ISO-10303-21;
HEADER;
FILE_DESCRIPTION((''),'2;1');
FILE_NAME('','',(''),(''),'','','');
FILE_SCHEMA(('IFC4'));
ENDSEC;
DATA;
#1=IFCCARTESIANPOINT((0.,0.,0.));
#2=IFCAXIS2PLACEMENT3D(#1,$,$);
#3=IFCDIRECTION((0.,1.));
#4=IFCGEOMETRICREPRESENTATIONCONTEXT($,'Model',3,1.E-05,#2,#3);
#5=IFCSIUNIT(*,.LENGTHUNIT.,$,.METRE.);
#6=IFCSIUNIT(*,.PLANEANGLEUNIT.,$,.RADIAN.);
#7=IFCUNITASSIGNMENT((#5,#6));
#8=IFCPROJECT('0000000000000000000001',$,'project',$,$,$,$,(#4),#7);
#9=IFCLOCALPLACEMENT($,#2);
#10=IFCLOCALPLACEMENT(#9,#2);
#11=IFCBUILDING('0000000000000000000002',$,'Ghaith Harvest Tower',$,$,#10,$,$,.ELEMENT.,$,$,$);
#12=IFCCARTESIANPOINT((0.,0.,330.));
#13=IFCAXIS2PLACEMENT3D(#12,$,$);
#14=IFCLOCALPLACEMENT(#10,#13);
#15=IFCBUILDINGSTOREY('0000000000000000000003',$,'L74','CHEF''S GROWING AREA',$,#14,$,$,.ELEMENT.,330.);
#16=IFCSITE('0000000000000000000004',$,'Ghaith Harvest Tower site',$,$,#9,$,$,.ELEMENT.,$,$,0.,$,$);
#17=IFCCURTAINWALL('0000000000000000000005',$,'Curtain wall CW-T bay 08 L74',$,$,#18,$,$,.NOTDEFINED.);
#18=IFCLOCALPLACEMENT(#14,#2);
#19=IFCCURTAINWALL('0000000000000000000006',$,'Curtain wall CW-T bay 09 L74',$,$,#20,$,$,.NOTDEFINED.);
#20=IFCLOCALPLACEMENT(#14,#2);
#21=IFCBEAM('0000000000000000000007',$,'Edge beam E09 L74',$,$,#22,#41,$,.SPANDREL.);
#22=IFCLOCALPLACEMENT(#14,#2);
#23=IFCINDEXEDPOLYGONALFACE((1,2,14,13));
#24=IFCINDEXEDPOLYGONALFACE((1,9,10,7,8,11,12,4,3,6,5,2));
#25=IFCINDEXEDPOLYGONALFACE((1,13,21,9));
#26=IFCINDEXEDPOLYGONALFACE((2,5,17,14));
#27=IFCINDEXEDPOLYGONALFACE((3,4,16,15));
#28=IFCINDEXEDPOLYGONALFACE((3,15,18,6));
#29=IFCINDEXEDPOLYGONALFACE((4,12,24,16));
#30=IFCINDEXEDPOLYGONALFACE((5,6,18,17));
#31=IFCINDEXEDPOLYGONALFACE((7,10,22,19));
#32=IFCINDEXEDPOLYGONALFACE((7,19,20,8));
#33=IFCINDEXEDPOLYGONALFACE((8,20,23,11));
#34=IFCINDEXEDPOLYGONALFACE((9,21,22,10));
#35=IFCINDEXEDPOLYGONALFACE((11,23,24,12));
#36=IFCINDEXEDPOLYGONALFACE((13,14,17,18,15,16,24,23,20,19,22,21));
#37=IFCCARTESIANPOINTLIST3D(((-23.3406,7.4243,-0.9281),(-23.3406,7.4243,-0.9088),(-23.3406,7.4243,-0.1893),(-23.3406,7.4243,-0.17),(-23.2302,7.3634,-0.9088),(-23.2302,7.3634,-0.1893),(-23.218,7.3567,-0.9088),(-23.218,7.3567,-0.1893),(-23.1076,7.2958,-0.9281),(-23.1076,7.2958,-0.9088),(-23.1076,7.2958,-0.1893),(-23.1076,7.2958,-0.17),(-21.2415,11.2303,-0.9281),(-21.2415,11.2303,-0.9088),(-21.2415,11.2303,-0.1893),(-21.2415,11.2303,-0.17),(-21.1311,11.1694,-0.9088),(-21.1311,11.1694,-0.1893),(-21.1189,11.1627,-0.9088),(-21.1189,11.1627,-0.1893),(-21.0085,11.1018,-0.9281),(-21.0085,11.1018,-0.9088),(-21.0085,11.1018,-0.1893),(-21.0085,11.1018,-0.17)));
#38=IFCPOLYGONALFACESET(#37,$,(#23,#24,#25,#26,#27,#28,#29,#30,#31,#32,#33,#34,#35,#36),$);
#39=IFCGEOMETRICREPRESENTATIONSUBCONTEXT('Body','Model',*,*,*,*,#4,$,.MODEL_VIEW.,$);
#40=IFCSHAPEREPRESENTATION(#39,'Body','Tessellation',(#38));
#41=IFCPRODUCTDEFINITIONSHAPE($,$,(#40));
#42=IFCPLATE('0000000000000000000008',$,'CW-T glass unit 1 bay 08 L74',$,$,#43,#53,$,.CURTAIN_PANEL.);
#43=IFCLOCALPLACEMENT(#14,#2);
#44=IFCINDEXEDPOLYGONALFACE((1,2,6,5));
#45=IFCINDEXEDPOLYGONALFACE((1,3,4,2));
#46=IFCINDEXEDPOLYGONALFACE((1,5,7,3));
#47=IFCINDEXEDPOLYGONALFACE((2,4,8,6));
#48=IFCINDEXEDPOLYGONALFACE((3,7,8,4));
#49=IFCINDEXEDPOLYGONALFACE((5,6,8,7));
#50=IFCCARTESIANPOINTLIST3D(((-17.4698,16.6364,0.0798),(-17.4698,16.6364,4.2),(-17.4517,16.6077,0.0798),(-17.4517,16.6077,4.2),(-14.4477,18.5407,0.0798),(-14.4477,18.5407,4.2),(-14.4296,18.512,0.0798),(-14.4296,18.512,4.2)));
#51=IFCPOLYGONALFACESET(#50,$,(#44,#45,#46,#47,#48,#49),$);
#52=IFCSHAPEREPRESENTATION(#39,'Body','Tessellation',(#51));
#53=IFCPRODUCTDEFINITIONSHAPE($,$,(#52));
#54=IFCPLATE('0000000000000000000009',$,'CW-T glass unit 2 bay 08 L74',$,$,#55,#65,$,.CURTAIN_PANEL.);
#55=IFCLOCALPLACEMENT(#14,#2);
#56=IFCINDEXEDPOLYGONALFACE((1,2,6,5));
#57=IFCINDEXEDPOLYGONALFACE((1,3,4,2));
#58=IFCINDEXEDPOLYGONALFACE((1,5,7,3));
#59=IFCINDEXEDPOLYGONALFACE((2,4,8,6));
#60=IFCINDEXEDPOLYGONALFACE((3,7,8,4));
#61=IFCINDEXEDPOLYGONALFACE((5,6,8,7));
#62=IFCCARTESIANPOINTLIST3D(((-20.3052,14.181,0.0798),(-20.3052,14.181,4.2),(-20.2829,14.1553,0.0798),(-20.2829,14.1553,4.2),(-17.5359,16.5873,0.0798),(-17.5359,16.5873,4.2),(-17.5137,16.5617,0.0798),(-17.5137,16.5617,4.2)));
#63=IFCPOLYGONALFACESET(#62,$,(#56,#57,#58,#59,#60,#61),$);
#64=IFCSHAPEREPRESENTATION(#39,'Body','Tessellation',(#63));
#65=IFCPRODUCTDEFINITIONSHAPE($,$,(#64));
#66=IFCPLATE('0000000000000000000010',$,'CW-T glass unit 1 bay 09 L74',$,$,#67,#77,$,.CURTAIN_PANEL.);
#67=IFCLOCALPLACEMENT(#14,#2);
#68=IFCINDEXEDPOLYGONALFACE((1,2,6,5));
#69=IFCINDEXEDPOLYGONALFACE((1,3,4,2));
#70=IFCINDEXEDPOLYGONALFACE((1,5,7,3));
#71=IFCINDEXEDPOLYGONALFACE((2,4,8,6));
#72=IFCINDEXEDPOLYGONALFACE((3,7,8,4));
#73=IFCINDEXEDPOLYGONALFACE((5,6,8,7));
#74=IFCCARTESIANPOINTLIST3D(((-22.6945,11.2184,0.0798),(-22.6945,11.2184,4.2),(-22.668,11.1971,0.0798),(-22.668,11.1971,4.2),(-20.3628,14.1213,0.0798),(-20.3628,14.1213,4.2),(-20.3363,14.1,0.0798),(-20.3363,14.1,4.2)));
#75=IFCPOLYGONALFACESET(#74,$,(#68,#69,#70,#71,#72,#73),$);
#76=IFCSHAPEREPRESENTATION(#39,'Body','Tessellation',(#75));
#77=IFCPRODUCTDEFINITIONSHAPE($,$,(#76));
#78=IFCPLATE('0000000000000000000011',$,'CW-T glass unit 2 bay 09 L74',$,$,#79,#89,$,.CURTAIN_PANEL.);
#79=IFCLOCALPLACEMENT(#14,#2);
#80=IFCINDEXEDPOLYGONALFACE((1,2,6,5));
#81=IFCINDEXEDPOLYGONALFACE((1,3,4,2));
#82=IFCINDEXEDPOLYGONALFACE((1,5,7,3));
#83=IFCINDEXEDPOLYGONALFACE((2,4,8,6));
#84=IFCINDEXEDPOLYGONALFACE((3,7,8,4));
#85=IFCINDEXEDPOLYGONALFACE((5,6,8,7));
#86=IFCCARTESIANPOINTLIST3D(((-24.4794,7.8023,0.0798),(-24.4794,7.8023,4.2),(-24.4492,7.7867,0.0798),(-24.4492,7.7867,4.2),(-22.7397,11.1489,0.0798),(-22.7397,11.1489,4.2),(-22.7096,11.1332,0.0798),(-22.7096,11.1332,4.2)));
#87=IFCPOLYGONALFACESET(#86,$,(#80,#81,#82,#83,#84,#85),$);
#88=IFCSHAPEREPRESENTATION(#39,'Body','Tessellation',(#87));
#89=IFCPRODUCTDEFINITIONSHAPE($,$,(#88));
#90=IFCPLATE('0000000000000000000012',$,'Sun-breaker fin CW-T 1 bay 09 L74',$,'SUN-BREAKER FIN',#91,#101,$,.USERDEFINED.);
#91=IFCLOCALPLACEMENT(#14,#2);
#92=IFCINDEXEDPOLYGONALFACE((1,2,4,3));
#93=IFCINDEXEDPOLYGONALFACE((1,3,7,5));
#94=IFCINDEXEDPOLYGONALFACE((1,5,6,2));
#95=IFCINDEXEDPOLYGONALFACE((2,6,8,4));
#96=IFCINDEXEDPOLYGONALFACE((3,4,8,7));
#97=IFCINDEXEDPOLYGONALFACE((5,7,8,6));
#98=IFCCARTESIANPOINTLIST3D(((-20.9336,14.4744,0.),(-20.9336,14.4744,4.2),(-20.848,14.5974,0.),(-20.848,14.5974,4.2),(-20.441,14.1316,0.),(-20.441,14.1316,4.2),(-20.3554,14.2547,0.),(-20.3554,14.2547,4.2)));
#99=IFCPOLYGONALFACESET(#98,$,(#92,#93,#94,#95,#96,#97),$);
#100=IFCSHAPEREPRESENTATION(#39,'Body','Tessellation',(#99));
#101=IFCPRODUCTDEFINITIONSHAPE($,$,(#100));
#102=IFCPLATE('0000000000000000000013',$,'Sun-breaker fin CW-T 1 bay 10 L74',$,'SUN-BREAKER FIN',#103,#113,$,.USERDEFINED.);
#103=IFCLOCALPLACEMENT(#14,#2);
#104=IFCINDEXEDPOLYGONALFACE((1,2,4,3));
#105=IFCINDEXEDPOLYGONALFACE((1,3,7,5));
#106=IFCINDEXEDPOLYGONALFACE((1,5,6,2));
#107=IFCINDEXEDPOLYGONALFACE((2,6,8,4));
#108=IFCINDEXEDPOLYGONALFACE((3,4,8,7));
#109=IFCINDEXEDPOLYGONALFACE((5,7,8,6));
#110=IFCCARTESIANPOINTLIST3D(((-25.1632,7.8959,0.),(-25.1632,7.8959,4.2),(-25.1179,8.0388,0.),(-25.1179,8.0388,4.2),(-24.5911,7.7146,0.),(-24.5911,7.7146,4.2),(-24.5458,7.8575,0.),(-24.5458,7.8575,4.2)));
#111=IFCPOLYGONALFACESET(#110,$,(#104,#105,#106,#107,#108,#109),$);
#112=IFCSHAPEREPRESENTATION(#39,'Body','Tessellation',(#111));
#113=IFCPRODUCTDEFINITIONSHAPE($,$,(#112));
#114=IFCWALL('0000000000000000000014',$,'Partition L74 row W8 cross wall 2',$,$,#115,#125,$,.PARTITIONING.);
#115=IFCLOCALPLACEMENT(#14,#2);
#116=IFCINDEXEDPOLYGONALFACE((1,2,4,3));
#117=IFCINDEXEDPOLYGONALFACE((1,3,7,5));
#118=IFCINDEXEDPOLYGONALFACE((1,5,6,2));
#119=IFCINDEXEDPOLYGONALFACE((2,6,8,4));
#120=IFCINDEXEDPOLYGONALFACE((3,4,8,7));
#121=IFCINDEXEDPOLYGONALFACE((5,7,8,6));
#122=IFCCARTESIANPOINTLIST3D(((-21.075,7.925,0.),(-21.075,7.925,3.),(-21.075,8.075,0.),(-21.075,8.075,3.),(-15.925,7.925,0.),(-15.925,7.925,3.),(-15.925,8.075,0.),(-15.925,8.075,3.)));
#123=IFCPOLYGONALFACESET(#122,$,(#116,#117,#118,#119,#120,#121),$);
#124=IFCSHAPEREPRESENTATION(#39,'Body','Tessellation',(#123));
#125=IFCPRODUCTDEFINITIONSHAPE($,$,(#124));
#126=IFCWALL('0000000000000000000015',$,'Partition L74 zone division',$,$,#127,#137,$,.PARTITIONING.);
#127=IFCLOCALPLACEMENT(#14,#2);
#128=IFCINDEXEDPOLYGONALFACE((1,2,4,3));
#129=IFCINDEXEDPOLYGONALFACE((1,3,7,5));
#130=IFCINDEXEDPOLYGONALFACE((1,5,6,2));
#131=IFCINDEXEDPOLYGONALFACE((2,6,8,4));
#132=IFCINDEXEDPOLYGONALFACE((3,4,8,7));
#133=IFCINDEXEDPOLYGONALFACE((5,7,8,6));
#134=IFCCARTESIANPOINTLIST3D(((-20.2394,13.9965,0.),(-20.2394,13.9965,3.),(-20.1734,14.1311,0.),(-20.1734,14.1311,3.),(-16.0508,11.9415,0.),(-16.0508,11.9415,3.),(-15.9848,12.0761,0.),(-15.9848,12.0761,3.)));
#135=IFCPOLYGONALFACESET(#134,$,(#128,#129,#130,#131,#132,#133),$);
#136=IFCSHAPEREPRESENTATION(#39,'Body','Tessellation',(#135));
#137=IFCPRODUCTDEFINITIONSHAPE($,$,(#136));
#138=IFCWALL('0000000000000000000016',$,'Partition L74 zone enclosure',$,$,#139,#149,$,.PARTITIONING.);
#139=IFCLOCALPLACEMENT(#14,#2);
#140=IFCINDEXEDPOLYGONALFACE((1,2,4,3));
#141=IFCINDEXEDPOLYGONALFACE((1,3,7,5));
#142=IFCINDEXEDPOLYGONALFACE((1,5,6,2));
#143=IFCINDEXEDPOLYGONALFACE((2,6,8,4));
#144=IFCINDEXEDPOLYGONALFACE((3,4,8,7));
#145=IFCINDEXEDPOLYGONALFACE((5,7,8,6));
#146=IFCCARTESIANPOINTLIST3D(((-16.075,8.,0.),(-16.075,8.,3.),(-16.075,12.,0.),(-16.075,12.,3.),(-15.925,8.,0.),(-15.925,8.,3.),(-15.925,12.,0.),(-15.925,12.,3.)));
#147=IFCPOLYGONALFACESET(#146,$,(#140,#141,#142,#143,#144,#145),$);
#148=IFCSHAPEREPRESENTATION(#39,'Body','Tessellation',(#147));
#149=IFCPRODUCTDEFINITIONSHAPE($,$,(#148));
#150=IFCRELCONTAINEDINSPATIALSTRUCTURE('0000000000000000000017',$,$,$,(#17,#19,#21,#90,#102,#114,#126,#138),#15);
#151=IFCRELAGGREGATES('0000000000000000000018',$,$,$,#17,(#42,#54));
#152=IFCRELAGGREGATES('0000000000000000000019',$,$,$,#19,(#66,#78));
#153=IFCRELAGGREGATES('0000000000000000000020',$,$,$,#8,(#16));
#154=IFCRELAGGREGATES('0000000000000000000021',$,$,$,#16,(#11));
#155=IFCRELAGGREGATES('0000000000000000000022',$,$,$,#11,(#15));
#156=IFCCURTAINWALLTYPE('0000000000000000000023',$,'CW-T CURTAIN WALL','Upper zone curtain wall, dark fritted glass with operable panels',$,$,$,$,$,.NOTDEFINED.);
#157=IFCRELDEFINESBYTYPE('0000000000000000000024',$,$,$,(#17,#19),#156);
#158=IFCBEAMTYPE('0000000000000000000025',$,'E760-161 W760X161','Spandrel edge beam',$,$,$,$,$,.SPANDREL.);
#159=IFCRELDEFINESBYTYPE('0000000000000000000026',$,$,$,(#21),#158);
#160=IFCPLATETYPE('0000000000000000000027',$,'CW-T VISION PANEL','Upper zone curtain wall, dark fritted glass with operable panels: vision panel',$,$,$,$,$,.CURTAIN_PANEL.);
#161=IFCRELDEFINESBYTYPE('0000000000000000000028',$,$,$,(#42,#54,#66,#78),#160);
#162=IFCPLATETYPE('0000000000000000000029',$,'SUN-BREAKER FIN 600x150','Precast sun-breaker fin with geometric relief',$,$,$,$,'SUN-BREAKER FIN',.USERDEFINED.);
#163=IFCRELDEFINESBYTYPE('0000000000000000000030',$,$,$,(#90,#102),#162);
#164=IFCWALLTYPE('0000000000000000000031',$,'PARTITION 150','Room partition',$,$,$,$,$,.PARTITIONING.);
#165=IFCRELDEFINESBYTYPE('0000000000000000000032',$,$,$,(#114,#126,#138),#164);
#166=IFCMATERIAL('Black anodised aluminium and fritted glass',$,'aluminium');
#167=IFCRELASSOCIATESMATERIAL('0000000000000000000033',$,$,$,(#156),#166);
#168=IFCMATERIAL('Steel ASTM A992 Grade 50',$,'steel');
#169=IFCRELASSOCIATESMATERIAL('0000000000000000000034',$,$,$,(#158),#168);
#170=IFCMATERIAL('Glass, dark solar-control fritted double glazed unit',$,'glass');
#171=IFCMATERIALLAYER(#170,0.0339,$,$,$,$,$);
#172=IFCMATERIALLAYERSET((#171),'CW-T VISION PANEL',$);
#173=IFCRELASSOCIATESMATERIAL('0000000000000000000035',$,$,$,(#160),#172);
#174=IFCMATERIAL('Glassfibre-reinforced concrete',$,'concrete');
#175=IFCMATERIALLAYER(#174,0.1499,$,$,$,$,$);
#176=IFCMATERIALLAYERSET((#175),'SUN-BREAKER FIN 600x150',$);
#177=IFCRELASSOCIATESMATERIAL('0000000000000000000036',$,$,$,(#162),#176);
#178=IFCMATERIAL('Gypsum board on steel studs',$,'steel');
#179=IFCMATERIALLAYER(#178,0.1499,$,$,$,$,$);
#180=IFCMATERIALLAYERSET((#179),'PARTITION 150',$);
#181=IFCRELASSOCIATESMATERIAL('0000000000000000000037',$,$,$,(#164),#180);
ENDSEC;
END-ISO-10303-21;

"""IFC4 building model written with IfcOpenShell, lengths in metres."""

from ifc_helpers import new_model, si_unit, direction, frame, frame_2d, origin, origin_2d, place, context, subcontext, project, spatial, rectangle, i_section, extrude, material, layer, layer_set, material_profile, profile_set, type_object, element, aggregate, save


model = new_model("IFC4")

# Units and contexts
model_context = context("Model", 3, precision=1e-05, world=origin(), true_north=direction((0.0, 1.0)))
body_context = subcontext(model_context, "Body", "Model", "MODEL_VIEW")
ifc_project = project(units=[si_unit("LENGTHUNIT", "METRE"), si_unit("PLANEANGLEUNIT", "RADIAN")], contexts=[model_context])

# Site, building, storey
site_placement = place(None, origin())
site = spatial("IfcSite", under=ifc_project, at=site_placement, Name="Ghaith Harvest Tower site", CompositionType="ELEMENT", RefElevation=0.0)
building_placement = place(site_placement, origin())
building = spatial("IfcBuilding", under=site, at=building_placement, Name="Ghaith Harvest Tower", CompositionType="ELEMENT")
storey_placement = place(building_placement, frame((0.0, 0.0, 330.0)))
storey = spatial("IfcBuildingStorey", under=building, at=storey_placement, Name="L74", Description="CHEF'S GROWING AREA", CompositionType="ELEMENT", Elevation=330.0)

# Curtain walls
ifc_material_1 = material(Name="Black anodised aluminium and fritted glass", Category="aluminium")
curtain_wall_type = type_object("IfcCurtainWallType", Name="CW-T CURTAIN WALL", Description="Upper zone curtain wall, dark fritted glass with operable panels", PredefinedType="NOTDEFINED", material=ifc_material_1)
curtain_wall_1_placement = place(storey_placement, origin())
curtain_wall_1 = element("IfcCurtainWall", 1, at=curtain_wall_1_placement, inside=storey, type_object=curtain_wall_type, Name="Curtain wall CW-T bay 08 L74", PredefinedType="NOTDEFINED")
curtain_wall_2_placement = place(storey_placement, origin())
curtain_wall_2 = element("IfcCurtainWall", 2, at=curtain_wall_2_placement, inside=storey, type_object=curtain_wall_type, Name="Curtain wall CW-T bay 09 L74", PredefinedType="NOTDEFINED")

# Beam
ifc_material_2 = material(Name="Steel ASTM A992 Grade 50", Category="steel")
ifc_material_profile_1 = material_profile(ifc_material_2, i_section(OverallWidth=0.2661, OverallDepth=0.7581, WebThickness=0.0139, FlangeThickness=0.0193, at=origin_2d()), Name="W760X161")
ifc_profile_set_1 = profile_set([ifc_material_profile_1], Name="Steel ASTM A992 Grade 50")
beam_type = type_object("IfcBeamType", Name="E760-161 W760X161", Description="Spandrel edge beam", PredefinedType="SPANDREL", material=ifc_profile_set_1)
beam_1_placement = place(storey_placement, frame((-21.125, 11.166, -0.5491), z_axis=(-0.482956, -0.875645, 0.0), x_axis=(0.875645, -0.482956, 0.0)))
element("IfcBeam", 3, at=beam_1_placement, inside=storey, type_object=beam_type, Name="Edge beam E09 L74", PredefinedType="SPANDREL", context=body_context, shape_type="SweptSolid", body=[
    extrude(i_section(OverallWidth=0.2661, OverallDepth=0.7581, WebThickness=0.0139, FlangeThickness=0.0193, at=origin_2d()), origin(), (0.0, 0.0, 1.0), 4.3464),
])

# Plates
ifc_material_3 = material(Name="Glass, dark solar-control fritted double glazed unit", Category="glass")
ifc_layer_1 = layer(ifc_material_3, 0.0339)
ifc_layer_set_1 = layer_set([ifc_layer_1], Name="CW-T VISION PANEL")
plate_type_1 = type_object("IfcPlateType", Name="CW-T VISION PANEL", Description="Upper zone curtain wall, dark fritted glass with operable panels: vision panel", PredefinedType="CURTAIN_PANEL", material=ifc_layer_set_1)
plate_1_placement = place(storey_placement, frame((-15.9497, 17.5742, 0.0798), z_axis=(0.0, 0.0, 1.0), x_axis=(-0.846043, -0.533114, 0.0)))
plate_1 = element("IfcPlate", 4, at=plate_1_placement, type_object=plate_type_1, Name="CW-T glass unit 1 bay 08 L74", PredefinedType="CURTAIN_PANEL", context=body_context, shape_type="SweptSolid", body=[
    extrude(rectangle(XDim=3.572, YDim=0.0339, at=origin_2d()), origin(), (0.0, 0.0, 1.0), 4.1201),
])
plate_2_placement = place(storey_placement, frame((-18.9094, 15.3713, 0.0798), z_axis=(0.0, 0.0, 1.0), x_axis=(-0.754829, -0.655922, 0.0)))
plate_2 = element("IfcPlate", 5, at=plate_2_placement, type_object=plate_type_1, Name="CW-T glass unit 2 bay 08 L74", PredefinedType="CURTAIN_PANEL", context=body_context, shape_type="SweptSolid", body=[
    extrude(rectangle(XDim=3.6687, YDim=0.0339, at=origin_2d()), origin(), (0.0, 0.0, 1.0), 4.1201),
])
aggregate(curtain_wall_1, [plate_1, plate_2])
plate_3_placement = place(storey_placement, frame((-21.5154, 12.6592, 0.0798), z_axis=(0.0, 0.0, 1.0), x_axis=(-0.62623, -0.779639, 0.0)))
plate_3 = element("IfcPlate", 6, at=plate_3_placement, type_object=plate_type_1, Name="CW-T glass unit 1 bay 09 L74", PredefinedType="CURTAIN_PANEL", context=body_context, shape_type="SweptSolid", body=[
    extrude(rectangle(XDim=3.7234, YDim=0.0339, at=origin_2d()), origin(), (0.0, 0.0, 1.0), 4.1201),
])
plate_4_placement = place(storey_placement, frame((-23.5945, 9.4678, 0.0798), z_axis=(0.0, 0.0, 1.0), x_axis=(-0.46123, -0.887281, 0.0)))
plate_4 = element("IfcPlate", 7, at=plate_4_placement, type_object=plate_type_1, Name="CW-T glass unit 2 bay 09 L74", PredefinedType="CURTAIN_PANEL", context=body_context, shape_type="SweptSolid", body=[
    extrude(rectangle(XDim=3.7717, YDim=0.0339, at=origin_2d()), origin(), (0.0, 0.0, 1.0), 4.1201),
])
aggregate(curtain_wall_2, [plate_3, plate_4])

# Plates
ifc_material_4 = material(Name="Glassfibre-reinforced concrete", Category="concrete")
ifc_layer_2 = layer(ifc_material_4, 0.1499)
ifc_layer_set_2 = layer_set([ifc_layer_2], Name="SUN-BREAKER FIN 600x150")
plate_type_2 = type_object("IfcPlateType", Name="SUN-BREAKER FIN 600x150", Description="Precast sun-breaker fin with geometric relief", ElementType="SUN-BREAKER FIN", PredefinedType="USERDEFINED", material=ifc_layer_set_2)
for number, where, z_axis, x_axis, name in (
    (8, (-20.6445, 14.3645, 0.0), (0.0, 0.0, 1.0), (-0.820845, 0.57115, 0.0), "Sun-breaker fin CW-T 1 bay 09 L74"),
    (9, (-24.8545, 7.8767, 0.0), (0.0, 0.0, 1.0), (-0.953273, 0.30211, 0.0), "Sun-breaker fin CW-T 1 bay 10 L74"),
):
    element("IfcPlate", number, at=place(storey_placement, frame(where, z_axis=z_axis, x_axis=x_axis)), inside=storey, type_object=plate_type_2, Name=name, ObjectType="SUN-BREAKER FIN", PredefinedType="USERDEFINED", context=body_context, shape_type="SweptSolid", body=[
        extrude(rectangle(XDim=0.6001, YDim=0.1499, at=origin_2d()), origin(), (0.0, 0.0, 1.0), 4.2),
    ])

# Walls
ifc_material_5 = material(Name="Gypsum board on steel studs", Category="steel")
ifc_layer_3 = layer(ifc_material_5, 0.1499)
ifc_layer_set_3 = layer_set([ifc_layer_3], Name="PARTITION 150")
wall_type_1 = type_object("IfcWallType", Name="PARTITION 150", Description="Room partition", PredefinedType="PARTITIONING", material=ifc_layer_set_3)
wall_1_placement = place(storey_placement, frame((-15.925, 8.0, 0.0), z_axis=(0.0, 0.0, 1.0), x_axis=(-1.0, 0.0, 0.0)))
element("IfcWall", 10, at=wall_1_placement, inside=storey, type_object=wall_type_1, Name="Partition L74 row W8 cross wall 2", PredefinedType="PARTITIONING", context=body_context, shape_type="SweptSolid", body=[
    extrude(rectangle(XDim=5.1499, YDim=0.1499, at=frame_2d((2.575, 0.0))), origin(), (0.0, 0.0, 1.0), 3.0),
])
wall_2_placement = place(storey_placement, frame((-16.0178, 12.0088, 0.0), z_axis=(0.0, 0.0, 1.0), x_axis=(-0.897772, 0.440461, 0.0)))
element("IfcWall", 11, at=wall_2_placement, inside=storey, type_object=wall_type_1, Name="Partition L74 zone division", PredefinedType="PARTITIONING", context=body_context, shape_type="SweptSolid", body=[
    extrude(rectangle(XDim=4.6655, YDim=0.1499, at=frame_2d((2.3328, 0.0))), origin(), (0.0, 0.0, 1.0), 3.0),
])
wall_3_placement = place(storey_placement, frame((-16.0, 12.0, 0.0), z_axis=(0.0, 0.0, 1.0), x_axis=(0.0, -1.0, 0.0)))
element("IfcWall", 12, at=wall_3_placement, inside=storey, type_object=wall_type_1, Name="Partition L74 zone enclosure", PredefinedType="PARTITIONING", context=body_context, shape_type="SweptSolid", body=[
    extrude(rectangle(XDim=4.0, YDim=0.1499, at=frame_2d((2.0, 0.0))), origin(), (0.0, 0.0, 1.0), 3.0),
])

save(model, "model.ifc")
